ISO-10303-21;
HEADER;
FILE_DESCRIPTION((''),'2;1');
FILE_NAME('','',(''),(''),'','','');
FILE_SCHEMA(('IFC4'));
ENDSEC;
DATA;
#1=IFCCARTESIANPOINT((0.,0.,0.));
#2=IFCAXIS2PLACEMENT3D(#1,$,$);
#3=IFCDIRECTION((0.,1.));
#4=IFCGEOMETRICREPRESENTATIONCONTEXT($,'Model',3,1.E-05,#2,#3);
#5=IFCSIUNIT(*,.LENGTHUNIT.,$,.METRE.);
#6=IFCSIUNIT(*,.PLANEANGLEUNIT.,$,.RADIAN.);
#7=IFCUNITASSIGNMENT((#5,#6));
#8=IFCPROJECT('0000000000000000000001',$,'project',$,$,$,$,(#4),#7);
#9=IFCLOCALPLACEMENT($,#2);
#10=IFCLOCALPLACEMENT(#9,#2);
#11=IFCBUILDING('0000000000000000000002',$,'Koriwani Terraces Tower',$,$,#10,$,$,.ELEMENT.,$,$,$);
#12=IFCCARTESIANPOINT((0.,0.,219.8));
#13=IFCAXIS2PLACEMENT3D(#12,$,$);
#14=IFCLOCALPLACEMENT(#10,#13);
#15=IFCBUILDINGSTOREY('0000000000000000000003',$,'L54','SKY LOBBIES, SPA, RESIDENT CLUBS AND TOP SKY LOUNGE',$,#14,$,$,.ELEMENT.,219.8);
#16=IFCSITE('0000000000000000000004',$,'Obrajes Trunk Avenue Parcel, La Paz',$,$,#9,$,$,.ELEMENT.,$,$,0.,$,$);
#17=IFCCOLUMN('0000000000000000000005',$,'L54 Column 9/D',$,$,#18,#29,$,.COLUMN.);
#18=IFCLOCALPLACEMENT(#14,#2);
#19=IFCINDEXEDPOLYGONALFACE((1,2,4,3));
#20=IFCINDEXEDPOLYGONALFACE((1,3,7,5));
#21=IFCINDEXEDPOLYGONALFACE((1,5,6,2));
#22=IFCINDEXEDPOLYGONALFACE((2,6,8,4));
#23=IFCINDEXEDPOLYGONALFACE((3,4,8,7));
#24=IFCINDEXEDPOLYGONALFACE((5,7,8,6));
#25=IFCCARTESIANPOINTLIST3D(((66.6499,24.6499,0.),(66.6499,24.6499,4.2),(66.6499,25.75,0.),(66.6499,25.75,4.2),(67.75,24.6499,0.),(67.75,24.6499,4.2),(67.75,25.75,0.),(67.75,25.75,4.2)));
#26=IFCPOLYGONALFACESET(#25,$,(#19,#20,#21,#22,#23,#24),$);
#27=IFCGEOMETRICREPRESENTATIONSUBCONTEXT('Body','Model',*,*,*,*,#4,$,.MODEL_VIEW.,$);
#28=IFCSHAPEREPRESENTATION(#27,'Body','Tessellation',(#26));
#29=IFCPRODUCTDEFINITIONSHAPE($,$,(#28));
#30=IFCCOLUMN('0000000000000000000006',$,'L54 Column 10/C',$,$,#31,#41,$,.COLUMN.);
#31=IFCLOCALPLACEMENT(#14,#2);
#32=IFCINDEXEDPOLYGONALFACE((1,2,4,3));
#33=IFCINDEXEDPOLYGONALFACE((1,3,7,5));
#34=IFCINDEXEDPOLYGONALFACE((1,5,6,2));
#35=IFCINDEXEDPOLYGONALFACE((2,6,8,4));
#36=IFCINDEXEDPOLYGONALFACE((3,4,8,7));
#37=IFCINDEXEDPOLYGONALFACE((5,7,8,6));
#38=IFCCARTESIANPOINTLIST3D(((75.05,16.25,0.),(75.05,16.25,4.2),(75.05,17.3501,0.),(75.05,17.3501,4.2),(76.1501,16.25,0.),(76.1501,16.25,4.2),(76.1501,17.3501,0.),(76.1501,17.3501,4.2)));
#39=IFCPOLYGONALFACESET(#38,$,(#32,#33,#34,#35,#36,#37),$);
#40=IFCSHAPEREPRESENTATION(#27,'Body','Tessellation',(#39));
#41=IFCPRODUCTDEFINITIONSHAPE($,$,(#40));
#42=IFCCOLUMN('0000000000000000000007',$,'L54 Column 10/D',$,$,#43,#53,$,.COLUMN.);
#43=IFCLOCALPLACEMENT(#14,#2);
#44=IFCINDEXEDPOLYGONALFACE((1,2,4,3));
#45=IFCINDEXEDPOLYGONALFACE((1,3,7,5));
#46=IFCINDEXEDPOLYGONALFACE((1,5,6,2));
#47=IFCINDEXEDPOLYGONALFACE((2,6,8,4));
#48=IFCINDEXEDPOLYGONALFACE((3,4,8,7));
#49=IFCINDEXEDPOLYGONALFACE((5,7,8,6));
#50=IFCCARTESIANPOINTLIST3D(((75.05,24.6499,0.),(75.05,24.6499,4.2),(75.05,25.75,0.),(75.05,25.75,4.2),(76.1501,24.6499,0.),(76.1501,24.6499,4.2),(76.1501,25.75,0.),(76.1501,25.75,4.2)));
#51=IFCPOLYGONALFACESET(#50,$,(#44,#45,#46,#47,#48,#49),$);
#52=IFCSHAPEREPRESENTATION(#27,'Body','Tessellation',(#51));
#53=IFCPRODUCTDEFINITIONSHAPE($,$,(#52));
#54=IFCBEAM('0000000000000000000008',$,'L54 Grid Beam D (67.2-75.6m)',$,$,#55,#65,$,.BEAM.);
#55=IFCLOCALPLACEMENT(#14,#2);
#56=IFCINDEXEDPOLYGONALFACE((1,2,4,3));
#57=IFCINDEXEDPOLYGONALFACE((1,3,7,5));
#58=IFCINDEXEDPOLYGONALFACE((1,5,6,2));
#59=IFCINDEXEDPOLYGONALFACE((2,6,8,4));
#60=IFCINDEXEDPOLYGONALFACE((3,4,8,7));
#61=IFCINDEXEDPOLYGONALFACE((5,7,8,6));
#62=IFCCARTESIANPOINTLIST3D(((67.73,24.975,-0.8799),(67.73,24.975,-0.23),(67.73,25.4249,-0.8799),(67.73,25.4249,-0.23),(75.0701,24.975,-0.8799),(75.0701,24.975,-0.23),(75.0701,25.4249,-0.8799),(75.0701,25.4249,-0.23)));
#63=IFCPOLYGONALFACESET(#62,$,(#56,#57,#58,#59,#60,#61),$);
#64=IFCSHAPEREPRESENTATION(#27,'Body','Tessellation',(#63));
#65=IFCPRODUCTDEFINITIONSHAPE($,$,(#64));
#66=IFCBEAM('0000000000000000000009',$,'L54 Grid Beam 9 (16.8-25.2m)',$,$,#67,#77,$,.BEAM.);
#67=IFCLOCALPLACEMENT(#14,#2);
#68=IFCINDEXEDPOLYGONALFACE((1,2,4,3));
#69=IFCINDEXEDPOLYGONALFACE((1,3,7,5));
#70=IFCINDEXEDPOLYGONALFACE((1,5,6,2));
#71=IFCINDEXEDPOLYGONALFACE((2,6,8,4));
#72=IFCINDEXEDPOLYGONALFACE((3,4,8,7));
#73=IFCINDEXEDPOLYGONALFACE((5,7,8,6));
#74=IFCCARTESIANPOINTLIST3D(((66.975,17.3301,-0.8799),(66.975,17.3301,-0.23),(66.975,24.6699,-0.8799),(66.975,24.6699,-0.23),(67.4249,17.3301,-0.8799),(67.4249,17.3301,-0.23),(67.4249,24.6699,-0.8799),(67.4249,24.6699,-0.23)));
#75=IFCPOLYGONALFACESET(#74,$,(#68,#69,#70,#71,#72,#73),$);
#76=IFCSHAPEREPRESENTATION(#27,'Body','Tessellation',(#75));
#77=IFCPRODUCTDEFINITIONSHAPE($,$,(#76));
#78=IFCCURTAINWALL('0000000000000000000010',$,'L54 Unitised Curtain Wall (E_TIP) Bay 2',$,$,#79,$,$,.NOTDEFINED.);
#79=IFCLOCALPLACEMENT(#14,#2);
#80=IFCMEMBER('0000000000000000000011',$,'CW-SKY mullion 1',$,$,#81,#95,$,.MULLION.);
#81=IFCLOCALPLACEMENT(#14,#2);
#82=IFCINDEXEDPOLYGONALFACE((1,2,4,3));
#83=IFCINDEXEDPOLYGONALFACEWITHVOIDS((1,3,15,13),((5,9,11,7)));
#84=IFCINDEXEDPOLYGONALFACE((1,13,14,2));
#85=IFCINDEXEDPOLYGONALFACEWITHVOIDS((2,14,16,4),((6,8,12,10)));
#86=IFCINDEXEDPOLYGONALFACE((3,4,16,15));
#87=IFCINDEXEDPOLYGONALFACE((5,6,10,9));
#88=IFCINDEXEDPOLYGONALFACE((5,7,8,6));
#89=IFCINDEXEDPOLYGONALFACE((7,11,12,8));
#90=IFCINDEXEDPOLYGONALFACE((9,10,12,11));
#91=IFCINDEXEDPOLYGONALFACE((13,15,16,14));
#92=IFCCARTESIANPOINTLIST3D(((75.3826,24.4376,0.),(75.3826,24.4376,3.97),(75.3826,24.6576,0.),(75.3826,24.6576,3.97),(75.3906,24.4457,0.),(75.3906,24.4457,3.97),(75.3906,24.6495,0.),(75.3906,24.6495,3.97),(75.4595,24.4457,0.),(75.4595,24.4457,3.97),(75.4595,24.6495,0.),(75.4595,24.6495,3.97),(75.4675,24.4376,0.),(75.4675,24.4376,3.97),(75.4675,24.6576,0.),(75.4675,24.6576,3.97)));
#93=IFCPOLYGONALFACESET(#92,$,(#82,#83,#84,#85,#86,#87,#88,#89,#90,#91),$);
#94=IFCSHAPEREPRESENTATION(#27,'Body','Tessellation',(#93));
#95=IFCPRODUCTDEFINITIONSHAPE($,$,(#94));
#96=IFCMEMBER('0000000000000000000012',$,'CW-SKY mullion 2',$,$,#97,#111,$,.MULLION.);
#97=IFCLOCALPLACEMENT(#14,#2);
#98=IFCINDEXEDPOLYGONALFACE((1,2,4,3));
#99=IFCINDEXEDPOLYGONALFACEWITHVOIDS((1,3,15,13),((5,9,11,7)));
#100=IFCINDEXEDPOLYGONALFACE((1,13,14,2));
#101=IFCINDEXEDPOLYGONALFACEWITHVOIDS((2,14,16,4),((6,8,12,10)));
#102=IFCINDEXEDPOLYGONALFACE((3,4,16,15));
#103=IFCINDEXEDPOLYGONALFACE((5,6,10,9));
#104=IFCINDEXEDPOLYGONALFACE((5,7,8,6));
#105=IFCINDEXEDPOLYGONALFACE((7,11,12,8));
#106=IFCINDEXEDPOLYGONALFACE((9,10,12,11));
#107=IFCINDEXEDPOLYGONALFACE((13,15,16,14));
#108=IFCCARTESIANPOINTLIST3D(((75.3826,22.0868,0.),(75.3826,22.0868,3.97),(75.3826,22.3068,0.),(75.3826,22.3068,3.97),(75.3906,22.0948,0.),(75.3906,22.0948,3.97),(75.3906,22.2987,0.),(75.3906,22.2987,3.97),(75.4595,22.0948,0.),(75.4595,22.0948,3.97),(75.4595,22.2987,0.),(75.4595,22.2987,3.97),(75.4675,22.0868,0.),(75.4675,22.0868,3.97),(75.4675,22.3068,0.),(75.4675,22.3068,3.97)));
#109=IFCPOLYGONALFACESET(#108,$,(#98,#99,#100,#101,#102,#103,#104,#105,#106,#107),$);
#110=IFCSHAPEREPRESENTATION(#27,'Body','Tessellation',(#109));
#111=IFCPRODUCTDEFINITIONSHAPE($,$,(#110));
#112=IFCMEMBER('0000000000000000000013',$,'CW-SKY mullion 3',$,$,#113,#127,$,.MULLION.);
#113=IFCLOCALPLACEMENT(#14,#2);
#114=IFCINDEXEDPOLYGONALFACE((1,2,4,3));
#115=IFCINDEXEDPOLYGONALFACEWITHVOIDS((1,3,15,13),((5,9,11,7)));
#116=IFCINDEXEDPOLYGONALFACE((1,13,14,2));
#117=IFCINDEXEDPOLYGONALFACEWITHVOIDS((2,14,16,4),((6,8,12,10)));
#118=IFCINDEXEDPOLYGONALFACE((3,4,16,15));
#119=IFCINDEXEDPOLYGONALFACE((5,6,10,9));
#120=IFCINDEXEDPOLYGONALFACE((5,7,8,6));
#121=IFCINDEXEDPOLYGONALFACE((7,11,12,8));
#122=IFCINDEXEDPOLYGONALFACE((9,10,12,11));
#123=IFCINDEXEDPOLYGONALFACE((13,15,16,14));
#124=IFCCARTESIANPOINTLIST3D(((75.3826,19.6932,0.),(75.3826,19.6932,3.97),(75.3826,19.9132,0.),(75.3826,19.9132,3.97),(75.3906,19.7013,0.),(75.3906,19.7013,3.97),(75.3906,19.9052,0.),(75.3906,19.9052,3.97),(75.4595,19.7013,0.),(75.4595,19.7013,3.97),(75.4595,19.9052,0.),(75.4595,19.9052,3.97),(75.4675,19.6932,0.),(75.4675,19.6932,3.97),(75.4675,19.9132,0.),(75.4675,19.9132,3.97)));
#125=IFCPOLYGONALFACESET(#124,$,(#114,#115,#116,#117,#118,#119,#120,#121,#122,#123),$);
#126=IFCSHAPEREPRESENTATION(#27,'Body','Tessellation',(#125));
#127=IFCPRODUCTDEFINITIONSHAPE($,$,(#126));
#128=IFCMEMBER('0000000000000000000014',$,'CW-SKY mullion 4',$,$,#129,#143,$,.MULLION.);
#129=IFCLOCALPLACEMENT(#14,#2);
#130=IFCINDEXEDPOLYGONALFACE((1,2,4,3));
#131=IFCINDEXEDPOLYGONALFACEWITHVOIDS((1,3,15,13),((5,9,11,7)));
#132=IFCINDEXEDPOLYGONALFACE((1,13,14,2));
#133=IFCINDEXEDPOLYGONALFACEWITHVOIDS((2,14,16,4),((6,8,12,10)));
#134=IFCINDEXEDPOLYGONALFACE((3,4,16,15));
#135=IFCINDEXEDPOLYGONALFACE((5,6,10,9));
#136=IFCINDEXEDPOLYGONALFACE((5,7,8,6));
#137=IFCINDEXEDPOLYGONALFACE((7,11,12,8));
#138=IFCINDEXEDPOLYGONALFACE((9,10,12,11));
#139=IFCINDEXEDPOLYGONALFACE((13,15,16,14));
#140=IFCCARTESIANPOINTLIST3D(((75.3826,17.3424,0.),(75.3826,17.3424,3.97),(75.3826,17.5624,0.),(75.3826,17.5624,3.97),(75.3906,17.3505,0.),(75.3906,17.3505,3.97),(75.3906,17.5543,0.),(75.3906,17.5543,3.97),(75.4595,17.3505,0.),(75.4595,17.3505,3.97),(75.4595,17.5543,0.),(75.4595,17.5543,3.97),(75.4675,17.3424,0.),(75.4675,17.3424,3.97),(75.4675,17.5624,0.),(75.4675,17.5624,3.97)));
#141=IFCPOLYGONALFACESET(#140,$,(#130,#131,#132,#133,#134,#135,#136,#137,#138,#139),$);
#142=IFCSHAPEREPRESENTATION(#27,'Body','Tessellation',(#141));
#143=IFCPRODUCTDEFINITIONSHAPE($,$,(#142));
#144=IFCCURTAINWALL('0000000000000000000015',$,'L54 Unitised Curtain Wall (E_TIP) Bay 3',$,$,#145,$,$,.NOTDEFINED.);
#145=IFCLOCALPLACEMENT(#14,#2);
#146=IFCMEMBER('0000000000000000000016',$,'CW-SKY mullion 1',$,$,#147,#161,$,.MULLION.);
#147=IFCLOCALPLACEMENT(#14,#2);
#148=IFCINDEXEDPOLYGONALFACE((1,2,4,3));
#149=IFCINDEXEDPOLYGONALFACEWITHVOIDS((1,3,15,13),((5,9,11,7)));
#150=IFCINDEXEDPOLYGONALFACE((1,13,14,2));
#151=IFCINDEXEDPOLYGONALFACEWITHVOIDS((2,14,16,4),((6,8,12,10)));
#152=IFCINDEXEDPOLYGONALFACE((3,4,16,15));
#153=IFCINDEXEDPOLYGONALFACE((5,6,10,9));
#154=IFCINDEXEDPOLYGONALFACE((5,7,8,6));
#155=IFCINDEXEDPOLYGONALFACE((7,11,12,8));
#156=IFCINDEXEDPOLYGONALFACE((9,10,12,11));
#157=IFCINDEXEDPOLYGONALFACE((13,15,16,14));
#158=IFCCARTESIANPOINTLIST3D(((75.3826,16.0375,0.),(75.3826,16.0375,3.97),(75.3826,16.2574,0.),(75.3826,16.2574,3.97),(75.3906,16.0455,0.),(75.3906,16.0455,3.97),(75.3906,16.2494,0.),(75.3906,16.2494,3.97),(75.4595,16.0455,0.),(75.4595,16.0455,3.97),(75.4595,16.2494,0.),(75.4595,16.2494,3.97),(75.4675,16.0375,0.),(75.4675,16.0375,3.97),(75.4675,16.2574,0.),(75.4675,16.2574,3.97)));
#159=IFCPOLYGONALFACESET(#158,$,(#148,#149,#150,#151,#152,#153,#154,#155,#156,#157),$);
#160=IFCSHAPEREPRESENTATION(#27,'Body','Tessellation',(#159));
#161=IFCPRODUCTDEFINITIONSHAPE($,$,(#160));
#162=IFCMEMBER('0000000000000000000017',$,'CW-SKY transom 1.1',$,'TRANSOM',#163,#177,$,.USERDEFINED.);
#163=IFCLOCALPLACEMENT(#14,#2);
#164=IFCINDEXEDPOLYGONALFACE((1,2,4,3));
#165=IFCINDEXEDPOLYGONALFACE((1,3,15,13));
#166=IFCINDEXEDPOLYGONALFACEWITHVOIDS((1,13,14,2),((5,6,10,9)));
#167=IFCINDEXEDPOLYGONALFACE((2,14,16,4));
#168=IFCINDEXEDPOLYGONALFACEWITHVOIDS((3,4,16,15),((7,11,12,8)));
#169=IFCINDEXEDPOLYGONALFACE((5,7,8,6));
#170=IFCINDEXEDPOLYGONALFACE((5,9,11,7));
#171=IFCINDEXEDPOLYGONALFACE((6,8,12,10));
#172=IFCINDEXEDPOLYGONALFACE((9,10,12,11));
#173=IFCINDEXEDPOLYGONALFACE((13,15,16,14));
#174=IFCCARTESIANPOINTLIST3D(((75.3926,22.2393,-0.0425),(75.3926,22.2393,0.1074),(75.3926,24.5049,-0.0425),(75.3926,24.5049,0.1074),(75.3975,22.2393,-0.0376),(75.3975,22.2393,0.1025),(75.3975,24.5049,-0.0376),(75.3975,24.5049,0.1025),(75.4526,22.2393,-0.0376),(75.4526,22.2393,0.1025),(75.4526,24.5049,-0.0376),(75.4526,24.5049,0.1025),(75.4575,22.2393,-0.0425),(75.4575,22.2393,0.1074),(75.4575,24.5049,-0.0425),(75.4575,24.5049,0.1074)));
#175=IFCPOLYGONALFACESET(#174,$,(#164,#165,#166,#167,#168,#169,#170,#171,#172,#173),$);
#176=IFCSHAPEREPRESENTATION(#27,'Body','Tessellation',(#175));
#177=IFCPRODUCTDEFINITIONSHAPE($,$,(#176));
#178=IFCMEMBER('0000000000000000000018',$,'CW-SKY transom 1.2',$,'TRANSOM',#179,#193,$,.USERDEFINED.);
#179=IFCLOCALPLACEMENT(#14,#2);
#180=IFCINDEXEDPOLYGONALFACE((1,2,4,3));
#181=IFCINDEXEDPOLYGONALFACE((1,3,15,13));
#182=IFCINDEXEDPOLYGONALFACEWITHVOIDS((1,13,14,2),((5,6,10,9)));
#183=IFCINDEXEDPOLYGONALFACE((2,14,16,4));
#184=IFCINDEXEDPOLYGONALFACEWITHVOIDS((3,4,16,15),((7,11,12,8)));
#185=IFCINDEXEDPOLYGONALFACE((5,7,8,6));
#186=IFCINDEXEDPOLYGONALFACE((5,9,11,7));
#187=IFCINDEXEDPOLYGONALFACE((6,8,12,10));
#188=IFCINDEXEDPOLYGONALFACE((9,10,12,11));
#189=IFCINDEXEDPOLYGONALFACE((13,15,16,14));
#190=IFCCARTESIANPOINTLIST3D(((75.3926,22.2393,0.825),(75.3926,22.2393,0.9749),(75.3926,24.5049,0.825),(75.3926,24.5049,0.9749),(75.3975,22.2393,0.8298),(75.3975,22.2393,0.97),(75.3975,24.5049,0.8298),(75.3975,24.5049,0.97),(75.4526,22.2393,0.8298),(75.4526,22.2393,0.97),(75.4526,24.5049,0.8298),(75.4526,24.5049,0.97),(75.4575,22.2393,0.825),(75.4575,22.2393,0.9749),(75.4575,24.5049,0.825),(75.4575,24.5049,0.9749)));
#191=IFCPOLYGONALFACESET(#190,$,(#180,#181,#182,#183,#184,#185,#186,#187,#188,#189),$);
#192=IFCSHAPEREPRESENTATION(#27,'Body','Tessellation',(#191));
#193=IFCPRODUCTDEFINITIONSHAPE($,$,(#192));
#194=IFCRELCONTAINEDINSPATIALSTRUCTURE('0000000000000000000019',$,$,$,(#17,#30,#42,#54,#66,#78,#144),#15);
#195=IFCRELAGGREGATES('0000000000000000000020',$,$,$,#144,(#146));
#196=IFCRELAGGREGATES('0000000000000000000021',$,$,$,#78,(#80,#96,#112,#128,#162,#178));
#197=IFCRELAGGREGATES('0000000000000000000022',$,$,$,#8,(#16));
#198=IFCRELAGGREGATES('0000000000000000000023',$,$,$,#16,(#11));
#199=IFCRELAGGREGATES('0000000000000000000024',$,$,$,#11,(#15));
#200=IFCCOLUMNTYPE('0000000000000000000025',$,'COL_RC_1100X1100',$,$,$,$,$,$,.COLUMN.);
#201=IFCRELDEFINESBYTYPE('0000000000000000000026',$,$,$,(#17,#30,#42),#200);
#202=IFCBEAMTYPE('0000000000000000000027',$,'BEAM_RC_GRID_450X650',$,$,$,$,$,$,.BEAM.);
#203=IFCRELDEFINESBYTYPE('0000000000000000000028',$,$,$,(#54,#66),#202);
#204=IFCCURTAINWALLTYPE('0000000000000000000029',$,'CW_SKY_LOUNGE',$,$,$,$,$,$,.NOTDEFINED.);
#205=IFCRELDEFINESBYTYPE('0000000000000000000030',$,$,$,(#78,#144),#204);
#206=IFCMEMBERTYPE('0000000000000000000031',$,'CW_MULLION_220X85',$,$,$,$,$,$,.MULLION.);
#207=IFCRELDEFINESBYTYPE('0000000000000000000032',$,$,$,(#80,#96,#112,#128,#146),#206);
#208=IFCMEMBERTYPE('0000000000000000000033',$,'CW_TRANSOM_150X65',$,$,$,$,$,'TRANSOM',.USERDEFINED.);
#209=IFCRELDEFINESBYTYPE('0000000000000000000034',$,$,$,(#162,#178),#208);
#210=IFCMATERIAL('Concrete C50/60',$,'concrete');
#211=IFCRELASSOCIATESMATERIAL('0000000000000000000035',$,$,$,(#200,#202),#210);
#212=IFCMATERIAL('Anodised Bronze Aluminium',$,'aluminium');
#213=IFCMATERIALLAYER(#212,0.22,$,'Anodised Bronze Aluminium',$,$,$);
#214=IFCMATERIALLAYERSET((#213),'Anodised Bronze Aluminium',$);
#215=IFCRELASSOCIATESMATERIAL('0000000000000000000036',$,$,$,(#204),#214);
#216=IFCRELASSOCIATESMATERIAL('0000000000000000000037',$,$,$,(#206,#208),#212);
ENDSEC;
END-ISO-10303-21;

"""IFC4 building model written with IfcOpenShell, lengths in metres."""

from ifc_helpers import new_model, si_unit, direction, frame, origin, origin_2d, place, context, subcontext, project, spatial, rectangle, hollow_rectangle, extrude, material, layer, layer_set, material_profile, profile_set, type_object, element, aggregate, save


model = new_model("IFC4")

# Units and contexts
model_context = context("Model", 3, precision=1e-05, world=origin(), true_north=direction((0.0, 1.0)))
body_context = subcontext(model_context, "Body", "Model", "MODEL_VIEW")
ifc_project = project(units=[si_unit("LENGTHUNIT", "METRE"), si_unit("PLANEANGLEUNIT", "RADIAN")], contexts=[model_context])

# Site, building, storey
site_placement = place(None, origin())
site = spatial("IfcSite", under=ifc_project, at=site_placement, Name="Obrajes Trunk Avenue Parcel, La Paz", CompositionType="ELEMENT", RefElevation=0.0)
building_placement = place(site_placement, origin())
building = spatial("IfcBuilding", under=site, at=building_placement, Name="Koriwani Terraces Tower", CompositionType="ELEMENT")
storey_placement = place(building_placement, frame((0.0, 0.0, 219.8)))
storey = spatial("IfcBuildingStorey", under=building, at=storey_placement, Name="L54", Description="SKY LOBBIES, SPA, RESIDENT CLUBS AND TOP SKY LOUNGE", CompositionType="ELEMENT", Elevation=219.8)

# Columns
ifc_material_1 = material(Name="Concrete C50/60", Category="concrete")
ifc_material_profile_1 = material_profile(ifc_material_1, rectangle(XDim=1.1001, YDim=1.1001, at=origin_2d()), Name="Concrete C50/60", Category="LoadBearing")
ifc_profile_set_1 = profile_set([ifc_material_profile_1], Name="Concrete C50/60")
column_type = type_object("IfcColumnType", Name="COL_RC_1100X1100", PredefinedType="COLUMN", material=ifc_profile_set_1)
for number, where, z_axis, x_axis, name in (
    (1, (67.2, 25.2, 0.0), (0.0, 0.0, 1.0), (1.0, 0.0, 0.0), "L54 Column 9/D"),
    (2, (75.6001, 16.8, 0.0), (0.0, 0.0, 1.0), (1.0, 0.0, 0.0), "L54 Column 10/C"),
    (3, (75.6001, 25.2, 0.0), (0.0, 0.0, 1.0), (1.0, 0.0, 0.0), "L54 Column 10/D"),
):
    element("IfcColumn", number, at=place(storey_placement, frame(where, z_axis=z_axis, x_axis=x_axis)), inside=storey, type_object=column_type, Name=name, PredefinedType="COLUMN", context=body_context, shape_type="SweptSolid", body=[
        extrude(rectangle(XDim=1.1001, YDim=1.1001, at=origin_2d()), origin(), (0.0, 0.0, 1.0), 4.2),
    ])

# Beams
ifc_material_profile_2 = material_profile(ifc_material_1, rectangle(XDim=0.45, YDim=0.6499, at=origin_2d()), Name="Concrete C50/60", Category="LoadBearing")
ifc_profile_set_2 = profile_set([ifc_material_profile_2], Name="Concrete C50/60")
beam_type_1 = type_object("IfcBeamType", Name="BEAM_RC_GRID_450X650", PredefinedType="BEAM", material=ifc_profile_set_2)
beam_1_placement = place(storey_placement, frame((67.73, 25.2, -0.5549), z_axis=(1.0, 0.0, 0.0), x_axis=(0.0, 1.0, 0.0)))
element("IfcBeam", 4, at=beam_1_placement, inside=storey, type_object=beam_type_1, Name="L54 Grid Beam D (67.2-75.6m)", PredefinedType="BEAM", context=body_context, shape_type="SweptSolid", body=[
    extrude(rectangle(XDim=0.45, YDim=0.6499, at=origin_2d()), origin(), (0.0, 0.0, 1.0), 7.3401),
])
beam_2_placement = place(storey_placement, frame((67.2, 17.3301, -0.5549), z_axis=(0.0, 1.0, 0.0), x_axis=(-1.0, 0.0, 0.0)))
element("IfcBeam", 5, at=beam_2_placement, inside=storey, type_object=beam_type_1, Name="L54 Grid Beam 9 (16.8-25.2m)", PredefinedType="BEAM", context=body_context, shape_type="SweptSolid", body=[
    extrude(rectangle(XDim=0.45, YDim=0.6499, at=origin_2d()), origin(), (0.0, 0.0, 1.0), 7.3398),
])

# Curtain wall, members
ifc_material_2 = material(Name="Anodised Bronze Aluminium", Category="aluminium")
ifc_layer_1 = layer(ifc_material_2, 0.22, Name="Anodised Bronze Aluminium")
ifc_layer_set_1 = layer_set([ifc_layer_1], Name="Anodised Bronze Aluminium")
curtain_wall_type = type_object("IfcCurtainWallType", Name="CW_SKY_LOUNGE", PredefinedType="NOTDEFINED", material=ifc_layer_set_1)
curtain_wall_1_placement = place(storey_placement, origin())
curtain_wall_1 = element("IfcCurtainWall", 6, at=curtain_wall_1_placement, inside=storey, type_object=curtain_wall_type, Name="L54 Unitised Curtain Wall (E_TIP) Bay 2", PredefinedType="NOTDEFINED")
ifc_material_profile_3 = material_profile(ifc_material_2, hollow_rectangle(XDim=0.085, YDim=0.22, WallThickness=0.0081, at=origin_2d()), Name="Anodised Bronze Aluminium", Category="LoadBearing")
ifc_profile_set_3 = profile_set([ifc_material_profile_3], Name="Anodised Bronze Aluminium")
member_type_1 = type_object("IfcMemberType", Name="CW_MULLION_220X85", PredefinedType="MULLION", material=ifc_profile_set_3)
member_1_placement = place(storey_placement, frame((75.425, 24.5476, 0.0), z_axis=(0.0, 0.0, 1.0), x_axis=(1.0, 0.0, 0.0)))
member_1 = element("IfcMember", 7, at=member_1_placement, type_object=member_type_1, Name="CW-SKY mullion 1", PredefinedType="MULLION", context=body_context, shape_type="SweptSolid", body=[
    extrude(hollow_rectangle(XDim=0.085, YDim=0.22, WallThickness=0.0081, at=origin_2d()), origin(), (0.0, 0.0, 1.0), 3.97),
])
member_2_placement = place(storey_placement, frame((75.425, 22.1968, 0.0), z_axis=(0.0, 0.0, 1.0), x_axis=(1.0, 0.0, 0.0)))
member_2 = element("IfcMember", 8, at=member_2_placement, type_object=member_type_1, Name="CW-SKY mullion 2", PredefinedType="MULLION", context=body_context, shape_type="SweptSolid", body=[
    extrude(hollow_rectangle(XDim=0.085, YDim=0.22, WallThickness=0.0081, at=origin_2d()), origin(), (0.0, 0.0, 1.0), 3.97),
])
member_3_placement = place(storey_placement, frame((75.425, 19.8032, 0.0), z_axis=(0.0, 0.0, 1.0), x_axis=(1.0, 0.0, 0.0)))
member_3 = element("IfcMember", 9, at=member_3_placement, type_object=member_type_1, Name="CW-SKY mullion 3", PredefinedType="MULLION", context=body_context, shape_type="SweptSolid", body=[
    extrude(hollow_rectangle(XDim=0.085, YDim=0.22, WallThickness=0.0081, at=origin_2d()), origin(), (0.0, 0.0, 1.0), 3.97),
])
member_4_placement = place(storey_placement, frame((75.425, 17.4524, 0.0), z_axis=(0.0, 0.0, 1.0), x_axis=(1.0, 0.0, 0.0)))
member_4 = element("IfcMember", 10, at=member_4_placement, type_object=member_type_1, Name="CW-SKY mullion 4", PredefinedType="MULLION", context=body_context, shape_type="SweptSolid", body=[
    extrude(hollow_rectangle(XDim=0.085, YDim=0.22, WallThickness=0.0081, at=origin_2d()), origin(), (0.0, 0.0, 1.0), 3.97),
])

# Curtain wall, member
curtain_wall_2_placement = place(storey_placement, origin())
curtain_wall_2 = element("IfcCurtainWall", 11, at=curtain_wall_2_placement, inside=storey, type_object=curtain_wall_type, Name="L54 Unitised Curtain Wall (E_TIP) Bay 3", PredefinedType="NOTDEFINED")
member_5_placement = place(storey_placement, frame((75.425, 16.1475, 0.0), z_axis=(0.0, 0.0, 1.0), x_axis=(1.0, 0.0, 0.0)))
member_5 = element("IfcMember", 12, at=member_5_placement, type_object=member_type_1, Name="CW-SKY mullion 1", PredefinedType="MULLION", context=body_context, shape_type="SweptSolid", body=[
    extrude(hollow_rectangle(XDim=0.085, YDim=0.22, WallThickness=0.0081, at=origin_2d()), origin(), (0.0, 0.0, 1.0), 3.97),
])

# Members
ifc_material_profile_4 = material_profile(ifc_material_2, hollow_rectangle(XDim=0.0649, YDim=0.1499, WallThickness=0.0049, at=origin_2d()), Name="Anodised Bronze Aluminium", Category="LoadBearing")
ifc_profile_set_4 = profile_set([ifc_material_profile_4], Name="Anodised Bronze Aluminium")
member_type_2 = type_object("IfcMemberType", Name="CW_TRANSOM_150X65", ElementType="TRANSOM", PredefinedType="USERDEFINED", material=ifc_profile_set_4)
member_6_placement = place(storey_placement, frame((75.425, 24.5049, 0.0325), z_axis=(0.0, -1.0, 0.0), x_axis=(1.0, 0.0, 0.0)))
member_6 = element("IfcMember", 13, at=member_6_placement, type_object=member_type_2, Name="CW-SKY transom 1.1", ObjectType="TRANSOM", PredefinedType="USERDEFINED", context=body_context, shape_type="SweptSolid", body=[
    extrude(hollow_rectangle(XDim=0.0649, YDim=0.1499, WallThickness=0.0049, at=origin_2d()), origin(), (0.0, 0.0, 1.0), 2.2656),
])
member_7_placement = place(storey_placement, frame((75.425, 24.5049, 0.8999), z_axis=(0.0, -1.0, 0.0), x_axis=(1.0, 0.0, 0.0)))
member_7 = element("IfcMember", 14, at=member_7_placement, type_object=member_type_2, Name="CW-SKY transom 1.2", ObjectType="TRANSOM", PredefinedType="USERDEFINED", context=body_context, shape_type="SweptSolid", body=[
    extrude(hollow_rectangle(XDim=0.0649, YDim=0.1499, WallThickness=0.0049, at=origin_2d()), origin(), (0.0, 0.0, 1.0), 2.2656),
])
aggregate(curtain_wall_2, [member_5])

aggregate(curtain_wall_1, [member_1, member_2, member_3, member_4, member_6, member_7])

save(model, "model.ifc")
